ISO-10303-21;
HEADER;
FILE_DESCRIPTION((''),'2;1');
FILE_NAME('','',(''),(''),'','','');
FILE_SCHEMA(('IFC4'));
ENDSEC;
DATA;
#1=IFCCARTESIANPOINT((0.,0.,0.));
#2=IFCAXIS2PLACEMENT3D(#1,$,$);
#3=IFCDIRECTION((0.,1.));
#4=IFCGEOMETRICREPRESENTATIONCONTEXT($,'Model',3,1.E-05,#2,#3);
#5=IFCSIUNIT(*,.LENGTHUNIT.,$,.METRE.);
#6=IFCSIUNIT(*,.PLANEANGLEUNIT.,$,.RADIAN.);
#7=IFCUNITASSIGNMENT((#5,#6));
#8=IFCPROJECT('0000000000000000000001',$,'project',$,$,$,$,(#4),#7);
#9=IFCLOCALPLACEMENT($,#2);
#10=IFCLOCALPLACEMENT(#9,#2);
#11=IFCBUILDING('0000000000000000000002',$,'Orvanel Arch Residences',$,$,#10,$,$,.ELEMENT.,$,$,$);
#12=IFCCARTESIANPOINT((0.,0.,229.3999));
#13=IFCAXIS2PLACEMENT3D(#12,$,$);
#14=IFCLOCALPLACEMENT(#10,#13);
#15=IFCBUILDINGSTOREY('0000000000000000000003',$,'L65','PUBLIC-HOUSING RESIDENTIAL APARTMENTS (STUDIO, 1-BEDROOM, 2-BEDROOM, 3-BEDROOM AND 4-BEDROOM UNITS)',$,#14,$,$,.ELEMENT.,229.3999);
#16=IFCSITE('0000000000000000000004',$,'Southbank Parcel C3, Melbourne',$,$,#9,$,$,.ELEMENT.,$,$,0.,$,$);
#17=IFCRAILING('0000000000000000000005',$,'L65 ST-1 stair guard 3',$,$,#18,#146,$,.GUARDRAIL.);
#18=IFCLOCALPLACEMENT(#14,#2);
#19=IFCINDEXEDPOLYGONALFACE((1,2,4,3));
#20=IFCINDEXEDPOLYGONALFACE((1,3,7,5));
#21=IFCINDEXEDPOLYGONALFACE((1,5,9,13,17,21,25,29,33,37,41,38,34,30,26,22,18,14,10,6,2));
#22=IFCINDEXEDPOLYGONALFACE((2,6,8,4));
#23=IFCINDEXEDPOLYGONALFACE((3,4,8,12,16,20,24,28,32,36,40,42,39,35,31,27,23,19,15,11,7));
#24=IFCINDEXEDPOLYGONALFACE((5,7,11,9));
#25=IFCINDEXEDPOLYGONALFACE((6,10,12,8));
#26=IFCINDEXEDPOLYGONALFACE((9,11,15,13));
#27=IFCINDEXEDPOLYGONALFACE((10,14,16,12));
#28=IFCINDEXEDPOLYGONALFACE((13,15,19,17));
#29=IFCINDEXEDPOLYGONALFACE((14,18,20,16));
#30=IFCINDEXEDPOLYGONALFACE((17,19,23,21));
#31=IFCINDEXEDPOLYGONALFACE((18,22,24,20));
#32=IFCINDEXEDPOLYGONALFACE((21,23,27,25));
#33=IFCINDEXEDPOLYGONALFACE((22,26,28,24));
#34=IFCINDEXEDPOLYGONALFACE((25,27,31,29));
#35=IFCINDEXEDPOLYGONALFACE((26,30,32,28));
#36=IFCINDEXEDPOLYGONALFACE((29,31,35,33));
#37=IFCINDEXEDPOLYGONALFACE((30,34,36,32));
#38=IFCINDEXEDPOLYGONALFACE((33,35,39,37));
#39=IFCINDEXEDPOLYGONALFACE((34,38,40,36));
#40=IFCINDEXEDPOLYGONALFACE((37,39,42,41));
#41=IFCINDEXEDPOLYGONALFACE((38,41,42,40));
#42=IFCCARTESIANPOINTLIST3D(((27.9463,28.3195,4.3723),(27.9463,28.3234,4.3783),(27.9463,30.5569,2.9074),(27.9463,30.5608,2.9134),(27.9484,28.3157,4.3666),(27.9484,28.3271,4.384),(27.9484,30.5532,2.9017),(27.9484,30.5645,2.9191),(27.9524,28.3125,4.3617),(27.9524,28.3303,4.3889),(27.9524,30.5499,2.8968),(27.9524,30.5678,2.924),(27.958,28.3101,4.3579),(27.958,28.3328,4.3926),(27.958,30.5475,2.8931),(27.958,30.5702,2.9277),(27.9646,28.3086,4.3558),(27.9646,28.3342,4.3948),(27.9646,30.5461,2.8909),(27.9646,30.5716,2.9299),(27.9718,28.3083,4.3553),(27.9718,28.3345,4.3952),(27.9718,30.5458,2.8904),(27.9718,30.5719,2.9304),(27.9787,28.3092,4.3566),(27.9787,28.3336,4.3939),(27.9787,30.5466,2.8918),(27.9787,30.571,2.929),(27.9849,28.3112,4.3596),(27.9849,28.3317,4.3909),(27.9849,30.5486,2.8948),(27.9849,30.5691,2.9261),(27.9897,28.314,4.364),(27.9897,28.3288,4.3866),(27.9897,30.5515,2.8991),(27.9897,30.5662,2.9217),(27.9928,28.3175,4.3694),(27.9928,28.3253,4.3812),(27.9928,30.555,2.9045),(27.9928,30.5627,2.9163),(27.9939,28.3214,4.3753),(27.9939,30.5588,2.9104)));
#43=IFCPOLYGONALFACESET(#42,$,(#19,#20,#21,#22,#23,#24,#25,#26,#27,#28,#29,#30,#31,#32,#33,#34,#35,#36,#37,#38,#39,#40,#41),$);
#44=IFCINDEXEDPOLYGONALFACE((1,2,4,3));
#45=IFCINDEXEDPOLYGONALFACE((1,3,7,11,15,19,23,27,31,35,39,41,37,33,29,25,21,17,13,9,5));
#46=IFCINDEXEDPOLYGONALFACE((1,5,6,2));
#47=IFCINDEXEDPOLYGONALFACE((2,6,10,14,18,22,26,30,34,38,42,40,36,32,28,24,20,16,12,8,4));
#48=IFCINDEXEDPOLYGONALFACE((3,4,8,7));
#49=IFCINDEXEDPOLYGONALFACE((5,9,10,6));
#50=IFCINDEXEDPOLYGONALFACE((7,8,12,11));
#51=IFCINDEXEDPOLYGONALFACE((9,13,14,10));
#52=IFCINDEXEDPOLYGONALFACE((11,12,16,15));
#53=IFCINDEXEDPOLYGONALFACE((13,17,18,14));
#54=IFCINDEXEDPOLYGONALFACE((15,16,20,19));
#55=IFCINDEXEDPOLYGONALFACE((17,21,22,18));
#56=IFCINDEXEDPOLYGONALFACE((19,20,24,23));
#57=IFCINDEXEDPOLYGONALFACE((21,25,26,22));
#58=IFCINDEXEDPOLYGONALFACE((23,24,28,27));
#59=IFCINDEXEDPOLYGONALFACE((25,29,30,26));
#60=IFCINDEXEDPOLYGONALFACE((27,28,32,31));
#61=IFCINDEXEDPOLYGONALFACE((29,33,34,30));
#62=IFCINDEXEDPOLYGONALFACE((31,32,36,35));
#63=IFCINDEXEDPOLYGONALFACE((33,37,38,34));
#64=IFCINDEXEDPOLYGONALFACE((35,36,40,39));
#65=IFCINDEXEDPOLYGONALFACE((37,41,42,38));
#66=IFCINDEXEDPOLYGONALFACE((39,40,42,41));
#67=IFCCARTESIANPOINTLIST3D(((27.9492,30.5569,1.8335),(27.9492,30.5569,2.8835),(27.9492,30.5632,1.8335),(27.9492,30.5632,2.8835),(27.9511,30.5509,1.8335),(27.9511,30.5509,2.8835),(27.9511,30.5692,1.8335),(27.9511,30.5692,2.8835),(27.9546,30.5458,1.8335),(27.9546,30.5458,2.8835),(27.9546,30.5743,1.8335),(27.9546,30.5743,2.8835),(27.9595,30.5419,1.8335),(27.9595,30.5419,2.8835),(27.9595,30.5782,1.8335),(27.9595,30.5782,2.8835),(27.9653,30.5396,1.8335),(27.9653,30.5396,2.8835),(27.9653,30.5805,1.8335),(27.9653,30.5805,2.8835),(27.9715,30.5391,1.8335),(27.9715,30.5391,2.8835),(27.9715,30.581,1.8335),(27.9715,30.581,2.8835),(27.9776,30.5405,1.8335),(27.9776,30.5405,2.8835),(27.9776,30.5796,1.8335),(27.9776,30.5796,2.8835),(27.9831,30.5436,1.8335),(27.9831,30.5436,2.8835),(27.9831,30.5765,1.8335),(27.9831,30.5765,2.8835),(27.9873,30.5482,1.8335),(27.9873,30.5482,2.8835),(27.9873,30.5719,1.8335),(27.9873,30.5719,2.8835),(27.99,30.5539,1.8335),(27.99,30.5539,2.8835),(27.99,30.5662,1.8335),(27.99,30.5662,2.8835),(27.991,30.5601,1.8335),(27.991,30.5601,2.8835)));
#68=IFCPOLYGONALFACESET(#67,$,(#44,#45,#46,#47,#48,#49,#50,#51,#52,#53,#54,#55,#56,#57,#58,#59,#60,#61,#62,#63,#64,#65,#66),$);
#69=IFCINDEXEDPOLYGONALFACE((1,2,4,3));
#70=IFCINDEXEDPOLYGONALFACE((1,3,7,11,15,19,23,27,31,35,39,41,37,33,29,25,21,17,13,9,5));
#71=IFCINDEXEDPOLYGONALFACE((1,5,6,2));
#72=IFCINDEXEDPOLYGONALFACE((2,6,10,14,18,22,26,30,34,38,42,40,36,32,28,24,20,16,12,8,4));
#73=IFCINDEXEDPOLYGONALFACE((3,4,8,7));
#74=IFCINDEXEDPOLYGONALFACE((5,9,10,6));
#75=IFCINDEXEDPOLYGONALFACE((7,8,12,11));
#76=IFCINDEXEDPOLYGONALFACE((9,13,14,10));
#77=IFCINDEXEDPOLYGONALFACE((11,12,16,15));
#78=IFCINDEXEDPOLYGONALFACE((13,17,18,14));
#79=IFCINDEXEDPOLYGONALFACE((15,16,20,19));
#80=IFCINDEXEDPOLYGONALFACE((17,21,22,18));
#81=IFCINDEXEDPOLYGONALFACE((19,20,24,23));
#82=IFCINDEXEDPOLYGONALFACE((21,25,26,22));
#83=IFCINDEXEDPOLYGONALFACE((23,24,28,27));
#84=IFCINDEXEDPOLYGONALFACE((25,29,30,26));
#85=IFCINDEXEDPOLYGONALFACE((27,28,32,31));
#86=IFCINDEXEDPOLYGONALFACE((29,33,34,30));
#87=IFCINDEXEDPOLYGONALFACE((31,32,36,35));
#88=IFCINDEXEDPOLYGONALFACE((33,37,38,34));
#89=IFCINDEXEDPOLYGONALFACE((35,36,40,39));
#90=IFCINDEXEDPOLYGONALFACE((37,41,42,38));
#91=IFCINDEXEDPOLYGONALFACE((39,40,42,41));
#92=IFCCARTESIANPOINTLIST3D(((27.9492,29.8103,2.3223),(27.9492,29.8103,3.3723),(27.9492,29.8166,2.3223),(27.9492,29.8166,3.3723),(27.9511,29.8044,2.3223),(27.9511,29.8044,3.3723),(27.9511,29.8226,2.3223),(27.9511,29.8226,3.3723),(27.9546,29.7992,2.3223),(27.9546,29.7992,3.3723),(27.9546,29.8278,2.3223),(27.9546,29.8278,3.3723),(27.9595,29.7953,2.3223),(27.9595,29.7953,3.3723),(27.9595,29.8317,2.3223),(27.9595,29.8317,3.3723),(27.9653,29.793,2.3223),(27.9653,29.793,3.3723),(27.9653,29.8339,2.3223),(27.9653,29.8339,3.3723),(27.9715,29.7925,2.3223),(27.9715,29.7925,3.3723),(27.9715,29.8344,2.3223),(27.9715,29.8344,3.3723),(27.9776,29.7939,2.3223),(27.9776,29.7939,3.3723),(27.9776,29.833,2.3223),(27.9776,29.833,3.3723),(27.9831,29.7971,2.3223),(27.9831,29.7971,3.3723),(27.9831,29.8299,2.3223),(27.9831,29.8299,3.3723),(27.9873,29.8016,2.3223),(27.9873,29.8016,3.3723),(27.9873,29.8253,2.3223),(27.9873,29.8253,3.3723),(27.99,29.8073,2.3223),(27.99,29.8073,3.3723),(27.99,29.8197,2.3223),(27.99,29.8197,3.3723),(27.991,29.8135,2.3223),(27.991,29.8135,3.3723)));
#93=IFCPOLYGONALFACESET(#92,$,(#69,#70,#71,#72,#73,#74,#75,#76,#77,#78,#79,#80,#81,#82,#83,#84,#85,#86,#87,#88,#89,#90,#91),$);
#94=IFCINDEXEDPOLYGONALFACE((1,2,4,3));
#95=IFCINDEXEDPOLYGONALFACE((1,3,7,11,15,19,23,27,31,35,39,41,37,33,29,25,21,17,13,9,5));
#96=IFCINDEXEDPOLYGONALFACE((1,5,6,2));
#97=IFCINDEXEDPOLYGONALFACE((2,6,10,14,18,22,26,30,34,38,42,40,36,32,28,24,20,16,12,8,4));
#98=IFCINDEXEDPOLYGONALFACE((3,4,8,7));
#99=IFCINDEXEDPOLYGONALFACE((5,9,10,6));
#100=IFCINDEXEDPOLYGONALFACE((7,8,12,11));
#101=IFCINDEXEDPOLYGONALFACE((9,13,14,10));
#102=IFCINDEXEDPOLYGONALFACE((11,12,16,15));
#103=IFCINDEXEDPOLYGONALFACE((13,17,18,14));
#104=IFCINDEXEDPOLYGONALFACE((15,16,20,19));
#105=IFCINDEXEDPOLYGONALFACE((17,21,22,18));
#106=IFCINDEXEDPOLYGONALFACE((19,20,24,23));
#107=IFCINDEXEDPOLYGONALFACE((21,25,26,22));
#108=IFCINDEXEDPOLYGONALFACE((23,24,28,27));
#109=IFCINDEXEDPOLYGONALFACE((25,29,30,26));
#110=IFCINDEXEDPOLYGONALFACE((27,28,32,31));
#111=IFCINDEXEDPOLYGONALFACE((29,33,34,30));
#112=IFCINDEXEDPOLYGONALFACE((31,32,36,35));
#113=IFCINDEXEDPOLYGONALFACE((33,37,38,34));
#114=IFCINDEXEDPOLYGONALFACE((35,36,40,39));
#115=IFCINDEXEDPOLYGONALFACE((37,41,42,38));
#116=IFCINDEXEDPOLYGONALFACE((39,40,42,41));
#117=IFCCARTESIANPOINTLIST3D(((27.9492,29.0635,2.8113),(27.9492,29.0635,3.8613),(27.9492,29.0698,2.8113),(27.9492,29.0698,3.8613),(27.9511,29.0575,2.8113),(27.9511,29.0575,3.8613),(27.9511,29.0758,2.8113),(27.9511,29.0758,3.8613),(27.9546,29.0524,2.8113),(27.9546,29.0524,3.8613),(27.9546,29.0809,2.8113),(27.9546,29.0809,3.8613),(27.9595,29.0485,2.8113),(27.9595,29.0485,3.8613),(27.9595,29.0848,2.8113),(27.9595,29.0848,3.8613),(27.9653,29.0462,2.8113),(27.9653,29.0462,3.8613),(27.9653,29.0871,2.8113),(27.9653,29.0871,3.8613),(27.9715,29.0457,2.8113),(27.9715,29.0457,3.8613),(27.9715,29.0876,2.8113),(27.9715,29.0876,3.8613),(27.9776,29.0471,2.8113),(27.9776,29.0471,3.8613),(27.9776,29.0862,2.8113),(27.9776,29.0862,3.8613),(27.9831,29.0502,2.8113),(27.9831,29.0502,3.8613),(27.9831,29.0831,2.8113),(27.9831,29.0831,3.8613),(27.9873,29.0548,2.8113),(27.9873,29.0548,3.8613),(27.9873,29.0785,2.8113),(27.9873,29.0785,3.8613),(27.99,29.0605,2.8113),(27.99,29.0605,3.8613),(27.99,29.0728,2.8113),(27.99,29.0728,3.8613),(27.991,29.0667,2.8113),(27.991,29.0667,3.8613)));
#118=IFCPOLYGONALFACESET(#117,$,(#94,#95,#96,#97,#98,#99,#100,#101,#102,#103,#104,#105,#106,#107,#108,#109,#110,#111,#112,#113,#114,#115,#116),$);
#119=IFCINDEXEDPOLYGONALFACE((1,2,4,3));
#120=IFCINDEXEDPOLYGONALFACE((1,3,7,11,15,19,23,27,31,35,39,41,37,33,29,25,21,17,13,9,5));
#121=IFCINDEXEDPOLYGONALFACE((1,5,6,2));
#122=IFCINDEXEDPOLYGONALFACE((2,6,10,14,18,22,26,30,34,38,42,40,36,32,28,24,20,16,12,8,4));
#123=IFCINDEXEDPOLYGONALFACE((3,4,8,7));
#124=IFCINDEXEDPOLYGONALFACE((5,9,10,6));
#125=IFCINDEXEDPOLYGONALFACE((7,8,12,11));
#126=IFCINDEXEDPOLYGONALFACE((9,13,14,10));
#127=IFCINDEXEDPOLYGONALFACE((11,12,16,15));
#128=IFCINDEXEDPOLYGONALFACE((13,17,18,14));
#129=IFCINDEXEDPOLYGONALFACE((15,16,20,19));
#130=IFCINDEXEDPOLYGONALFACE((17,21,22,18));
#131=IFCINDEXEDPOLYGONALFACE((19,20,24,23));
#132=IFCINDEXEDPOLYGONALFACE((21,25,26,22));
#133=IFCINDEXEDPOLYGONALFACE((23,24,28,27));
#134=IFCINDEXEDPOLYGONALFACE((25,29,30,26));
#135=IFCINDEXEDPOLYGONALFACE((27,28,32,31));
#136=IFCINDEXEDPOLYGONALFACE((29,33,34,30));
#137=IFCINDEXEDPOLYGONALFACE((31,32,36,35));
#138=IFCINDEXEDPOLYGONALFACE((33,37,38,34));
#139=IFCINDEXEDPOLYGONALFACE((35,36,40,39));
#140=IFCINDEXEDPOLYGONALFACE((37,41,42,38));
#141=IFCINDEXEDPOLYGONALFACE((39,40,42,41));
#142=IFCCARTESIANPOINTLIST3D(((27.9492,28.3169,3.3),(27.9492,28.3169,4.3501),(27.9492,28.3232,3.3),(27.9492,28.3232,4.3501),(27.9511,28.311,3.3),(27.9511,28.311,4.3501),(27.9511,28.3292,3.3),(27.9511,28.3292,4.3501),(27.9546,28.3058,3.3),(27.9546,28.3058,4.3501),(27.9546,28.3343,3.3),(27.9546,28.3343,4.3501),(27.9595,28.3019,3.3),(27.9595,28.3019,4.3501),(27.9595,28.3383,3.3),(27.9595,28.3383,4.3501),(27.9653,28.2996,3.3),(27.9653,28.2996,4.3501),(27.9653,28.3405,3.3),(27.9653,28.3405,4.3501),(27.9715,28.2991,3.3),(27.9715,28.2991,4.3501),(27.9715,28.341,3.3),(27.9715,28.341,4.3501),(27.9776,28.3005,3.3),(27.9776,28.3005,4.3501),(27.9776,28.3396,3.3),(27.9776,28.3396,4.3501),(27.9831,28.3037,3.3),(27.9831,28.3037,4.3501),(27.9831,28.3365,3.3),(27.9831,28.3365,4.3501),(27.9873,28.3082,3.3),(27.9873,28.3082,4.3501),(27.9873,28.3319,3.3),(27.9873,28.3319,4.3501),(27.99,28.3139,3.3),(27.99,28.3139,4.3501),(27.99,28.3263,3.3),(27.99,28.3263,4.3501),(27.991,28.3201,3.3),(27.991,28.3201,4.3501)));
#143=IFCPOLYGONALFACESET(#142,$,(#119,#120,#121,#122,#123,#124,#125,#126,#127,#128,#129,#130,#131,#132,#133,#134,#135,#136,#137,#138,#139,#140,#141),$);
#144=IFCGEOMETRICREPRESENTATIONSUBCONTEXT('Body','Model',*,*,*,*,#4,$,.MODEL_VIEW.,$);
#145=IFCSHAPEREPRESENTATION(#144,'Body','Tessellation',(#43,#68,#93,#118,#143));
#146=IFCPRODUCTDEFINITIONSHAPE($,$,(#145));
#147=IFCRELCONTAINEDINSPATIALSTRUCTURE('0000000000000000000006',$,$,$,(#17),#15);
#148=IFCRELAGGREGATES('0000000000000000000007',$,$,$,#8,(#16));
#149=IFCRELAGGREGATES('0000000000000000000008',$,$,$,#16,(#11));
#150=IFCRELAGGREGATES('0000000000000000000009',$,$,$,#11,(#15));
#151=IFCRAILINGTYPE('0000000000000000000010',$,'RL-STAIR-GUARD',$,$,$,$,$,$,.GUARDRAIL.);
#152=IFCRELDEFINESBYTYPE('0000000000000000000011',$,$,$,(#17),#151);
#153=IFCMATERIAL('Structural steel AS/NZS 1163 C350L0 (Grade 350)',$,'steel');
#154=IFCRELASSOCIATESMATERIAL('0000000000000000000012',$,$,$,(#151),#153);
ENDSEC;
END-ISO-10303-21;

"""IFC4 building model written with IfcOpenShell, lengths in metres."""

from ifc_helpers import new_model, si_unit, direction, frame, origin, origin_2d, place, context, subcontext, project, spatial, circle, extrude, material, type_object, element, save


model = new_model("IFC4")

# Units and contexts
model_context = context("Model", 3, precision=1e-05, world=origin(), true_north=direction((0.0, 1.0)))
body_context = subcontext(model_context, "Body", "Model", "MODEL_VIEW")
ifc_project = project(units=[si_unit("LENGTHUNIT", "METRE"), si_unit("PLANEANGLEUNIT", "RADIAN")], contexts=[model_context])

# Site, building, storey
site_placement = place(None, origin())
site = spatial("IfcSite", under=ifc_project, at=site_placement, Name="Southbank Parcel C3, Melbourne", CompositionType="ELEMENT", RefElevation=0.0)
building_placement = place(site_placement, origin())
building = spatial("IfcBuilding", under=site, at=building_placement, Name="Orvanel Arch Residences", CompositionType="ELEMENT")
storey_placement = place(building_placement, frame((0.0, 0.0, 229.3999)))
storey = spatial("IfcBuildingStorey", under=building, at=storey_placement, Name="L65", Description="PUBLIC-HOUSING RESIDENTIAL APARTMENTS (STUDIO, 1-BEDROOM, 2-BEDROOM, 3-BEDROOM AND 4-BEDROOM UNITS)", CompositionType="ELEMENT", Elevation=229.3999)

# Shared definitions
ifc_material_1 = material(Name="Structural steel AS/NZS 1163 C350L0 (Grade 350)", Category="steel")

# Railing
railing_type_1 = type_object("IfcRailingType", Name="RL-STAIR-GUARD", PredefinedType="GUARDRAIL", material=ifc_material_1)
railing_1_placement = place(storey_placement, frame((27.97, 30.5601, 1.8335)))
element("IfcRailing", 1, at=railing_1_placement, inside=storey, type_object=railing_type_1, Name="L65 ST-1 stair guard 3", PredefinedType="GUARDRAIL", context=body_context, shape_type="SweptSolid", body=[
    extrude(circle(Radius=0.0239, at=origin_2d()), frame((0.0, -0.0012, 1.0769), z_axis=(0.0, -0.836637, 0.547758), x_axis=(1.0, 0.0, 0.0)), (0.0, 0.0, 1.0), 2.6743),
    extrude(circle(Radius=0.021, at=origin_2d()), origin(), (0.0, 0.0, 1.0), 1.05),
    extrude(circle(Radius=0.021, at=origin_2d()), frame((0.0, -0.7466, 0.4888)), (0.0, 0.0, 1.0), 1.05),
    extrude(circle(Radius=0.021, at=origin_2d()), frame((0.0, -1.4934, 0.9778)), (0.0, 0.0, 1.0), 1.05),
    extrude(circle(Radius=0.021, at=origin_2d()), frame((0.0, -2.24, 1.4666)), (0.0, 0.0, 1.0), 1.05),
])

save(model, "model.ifc")
